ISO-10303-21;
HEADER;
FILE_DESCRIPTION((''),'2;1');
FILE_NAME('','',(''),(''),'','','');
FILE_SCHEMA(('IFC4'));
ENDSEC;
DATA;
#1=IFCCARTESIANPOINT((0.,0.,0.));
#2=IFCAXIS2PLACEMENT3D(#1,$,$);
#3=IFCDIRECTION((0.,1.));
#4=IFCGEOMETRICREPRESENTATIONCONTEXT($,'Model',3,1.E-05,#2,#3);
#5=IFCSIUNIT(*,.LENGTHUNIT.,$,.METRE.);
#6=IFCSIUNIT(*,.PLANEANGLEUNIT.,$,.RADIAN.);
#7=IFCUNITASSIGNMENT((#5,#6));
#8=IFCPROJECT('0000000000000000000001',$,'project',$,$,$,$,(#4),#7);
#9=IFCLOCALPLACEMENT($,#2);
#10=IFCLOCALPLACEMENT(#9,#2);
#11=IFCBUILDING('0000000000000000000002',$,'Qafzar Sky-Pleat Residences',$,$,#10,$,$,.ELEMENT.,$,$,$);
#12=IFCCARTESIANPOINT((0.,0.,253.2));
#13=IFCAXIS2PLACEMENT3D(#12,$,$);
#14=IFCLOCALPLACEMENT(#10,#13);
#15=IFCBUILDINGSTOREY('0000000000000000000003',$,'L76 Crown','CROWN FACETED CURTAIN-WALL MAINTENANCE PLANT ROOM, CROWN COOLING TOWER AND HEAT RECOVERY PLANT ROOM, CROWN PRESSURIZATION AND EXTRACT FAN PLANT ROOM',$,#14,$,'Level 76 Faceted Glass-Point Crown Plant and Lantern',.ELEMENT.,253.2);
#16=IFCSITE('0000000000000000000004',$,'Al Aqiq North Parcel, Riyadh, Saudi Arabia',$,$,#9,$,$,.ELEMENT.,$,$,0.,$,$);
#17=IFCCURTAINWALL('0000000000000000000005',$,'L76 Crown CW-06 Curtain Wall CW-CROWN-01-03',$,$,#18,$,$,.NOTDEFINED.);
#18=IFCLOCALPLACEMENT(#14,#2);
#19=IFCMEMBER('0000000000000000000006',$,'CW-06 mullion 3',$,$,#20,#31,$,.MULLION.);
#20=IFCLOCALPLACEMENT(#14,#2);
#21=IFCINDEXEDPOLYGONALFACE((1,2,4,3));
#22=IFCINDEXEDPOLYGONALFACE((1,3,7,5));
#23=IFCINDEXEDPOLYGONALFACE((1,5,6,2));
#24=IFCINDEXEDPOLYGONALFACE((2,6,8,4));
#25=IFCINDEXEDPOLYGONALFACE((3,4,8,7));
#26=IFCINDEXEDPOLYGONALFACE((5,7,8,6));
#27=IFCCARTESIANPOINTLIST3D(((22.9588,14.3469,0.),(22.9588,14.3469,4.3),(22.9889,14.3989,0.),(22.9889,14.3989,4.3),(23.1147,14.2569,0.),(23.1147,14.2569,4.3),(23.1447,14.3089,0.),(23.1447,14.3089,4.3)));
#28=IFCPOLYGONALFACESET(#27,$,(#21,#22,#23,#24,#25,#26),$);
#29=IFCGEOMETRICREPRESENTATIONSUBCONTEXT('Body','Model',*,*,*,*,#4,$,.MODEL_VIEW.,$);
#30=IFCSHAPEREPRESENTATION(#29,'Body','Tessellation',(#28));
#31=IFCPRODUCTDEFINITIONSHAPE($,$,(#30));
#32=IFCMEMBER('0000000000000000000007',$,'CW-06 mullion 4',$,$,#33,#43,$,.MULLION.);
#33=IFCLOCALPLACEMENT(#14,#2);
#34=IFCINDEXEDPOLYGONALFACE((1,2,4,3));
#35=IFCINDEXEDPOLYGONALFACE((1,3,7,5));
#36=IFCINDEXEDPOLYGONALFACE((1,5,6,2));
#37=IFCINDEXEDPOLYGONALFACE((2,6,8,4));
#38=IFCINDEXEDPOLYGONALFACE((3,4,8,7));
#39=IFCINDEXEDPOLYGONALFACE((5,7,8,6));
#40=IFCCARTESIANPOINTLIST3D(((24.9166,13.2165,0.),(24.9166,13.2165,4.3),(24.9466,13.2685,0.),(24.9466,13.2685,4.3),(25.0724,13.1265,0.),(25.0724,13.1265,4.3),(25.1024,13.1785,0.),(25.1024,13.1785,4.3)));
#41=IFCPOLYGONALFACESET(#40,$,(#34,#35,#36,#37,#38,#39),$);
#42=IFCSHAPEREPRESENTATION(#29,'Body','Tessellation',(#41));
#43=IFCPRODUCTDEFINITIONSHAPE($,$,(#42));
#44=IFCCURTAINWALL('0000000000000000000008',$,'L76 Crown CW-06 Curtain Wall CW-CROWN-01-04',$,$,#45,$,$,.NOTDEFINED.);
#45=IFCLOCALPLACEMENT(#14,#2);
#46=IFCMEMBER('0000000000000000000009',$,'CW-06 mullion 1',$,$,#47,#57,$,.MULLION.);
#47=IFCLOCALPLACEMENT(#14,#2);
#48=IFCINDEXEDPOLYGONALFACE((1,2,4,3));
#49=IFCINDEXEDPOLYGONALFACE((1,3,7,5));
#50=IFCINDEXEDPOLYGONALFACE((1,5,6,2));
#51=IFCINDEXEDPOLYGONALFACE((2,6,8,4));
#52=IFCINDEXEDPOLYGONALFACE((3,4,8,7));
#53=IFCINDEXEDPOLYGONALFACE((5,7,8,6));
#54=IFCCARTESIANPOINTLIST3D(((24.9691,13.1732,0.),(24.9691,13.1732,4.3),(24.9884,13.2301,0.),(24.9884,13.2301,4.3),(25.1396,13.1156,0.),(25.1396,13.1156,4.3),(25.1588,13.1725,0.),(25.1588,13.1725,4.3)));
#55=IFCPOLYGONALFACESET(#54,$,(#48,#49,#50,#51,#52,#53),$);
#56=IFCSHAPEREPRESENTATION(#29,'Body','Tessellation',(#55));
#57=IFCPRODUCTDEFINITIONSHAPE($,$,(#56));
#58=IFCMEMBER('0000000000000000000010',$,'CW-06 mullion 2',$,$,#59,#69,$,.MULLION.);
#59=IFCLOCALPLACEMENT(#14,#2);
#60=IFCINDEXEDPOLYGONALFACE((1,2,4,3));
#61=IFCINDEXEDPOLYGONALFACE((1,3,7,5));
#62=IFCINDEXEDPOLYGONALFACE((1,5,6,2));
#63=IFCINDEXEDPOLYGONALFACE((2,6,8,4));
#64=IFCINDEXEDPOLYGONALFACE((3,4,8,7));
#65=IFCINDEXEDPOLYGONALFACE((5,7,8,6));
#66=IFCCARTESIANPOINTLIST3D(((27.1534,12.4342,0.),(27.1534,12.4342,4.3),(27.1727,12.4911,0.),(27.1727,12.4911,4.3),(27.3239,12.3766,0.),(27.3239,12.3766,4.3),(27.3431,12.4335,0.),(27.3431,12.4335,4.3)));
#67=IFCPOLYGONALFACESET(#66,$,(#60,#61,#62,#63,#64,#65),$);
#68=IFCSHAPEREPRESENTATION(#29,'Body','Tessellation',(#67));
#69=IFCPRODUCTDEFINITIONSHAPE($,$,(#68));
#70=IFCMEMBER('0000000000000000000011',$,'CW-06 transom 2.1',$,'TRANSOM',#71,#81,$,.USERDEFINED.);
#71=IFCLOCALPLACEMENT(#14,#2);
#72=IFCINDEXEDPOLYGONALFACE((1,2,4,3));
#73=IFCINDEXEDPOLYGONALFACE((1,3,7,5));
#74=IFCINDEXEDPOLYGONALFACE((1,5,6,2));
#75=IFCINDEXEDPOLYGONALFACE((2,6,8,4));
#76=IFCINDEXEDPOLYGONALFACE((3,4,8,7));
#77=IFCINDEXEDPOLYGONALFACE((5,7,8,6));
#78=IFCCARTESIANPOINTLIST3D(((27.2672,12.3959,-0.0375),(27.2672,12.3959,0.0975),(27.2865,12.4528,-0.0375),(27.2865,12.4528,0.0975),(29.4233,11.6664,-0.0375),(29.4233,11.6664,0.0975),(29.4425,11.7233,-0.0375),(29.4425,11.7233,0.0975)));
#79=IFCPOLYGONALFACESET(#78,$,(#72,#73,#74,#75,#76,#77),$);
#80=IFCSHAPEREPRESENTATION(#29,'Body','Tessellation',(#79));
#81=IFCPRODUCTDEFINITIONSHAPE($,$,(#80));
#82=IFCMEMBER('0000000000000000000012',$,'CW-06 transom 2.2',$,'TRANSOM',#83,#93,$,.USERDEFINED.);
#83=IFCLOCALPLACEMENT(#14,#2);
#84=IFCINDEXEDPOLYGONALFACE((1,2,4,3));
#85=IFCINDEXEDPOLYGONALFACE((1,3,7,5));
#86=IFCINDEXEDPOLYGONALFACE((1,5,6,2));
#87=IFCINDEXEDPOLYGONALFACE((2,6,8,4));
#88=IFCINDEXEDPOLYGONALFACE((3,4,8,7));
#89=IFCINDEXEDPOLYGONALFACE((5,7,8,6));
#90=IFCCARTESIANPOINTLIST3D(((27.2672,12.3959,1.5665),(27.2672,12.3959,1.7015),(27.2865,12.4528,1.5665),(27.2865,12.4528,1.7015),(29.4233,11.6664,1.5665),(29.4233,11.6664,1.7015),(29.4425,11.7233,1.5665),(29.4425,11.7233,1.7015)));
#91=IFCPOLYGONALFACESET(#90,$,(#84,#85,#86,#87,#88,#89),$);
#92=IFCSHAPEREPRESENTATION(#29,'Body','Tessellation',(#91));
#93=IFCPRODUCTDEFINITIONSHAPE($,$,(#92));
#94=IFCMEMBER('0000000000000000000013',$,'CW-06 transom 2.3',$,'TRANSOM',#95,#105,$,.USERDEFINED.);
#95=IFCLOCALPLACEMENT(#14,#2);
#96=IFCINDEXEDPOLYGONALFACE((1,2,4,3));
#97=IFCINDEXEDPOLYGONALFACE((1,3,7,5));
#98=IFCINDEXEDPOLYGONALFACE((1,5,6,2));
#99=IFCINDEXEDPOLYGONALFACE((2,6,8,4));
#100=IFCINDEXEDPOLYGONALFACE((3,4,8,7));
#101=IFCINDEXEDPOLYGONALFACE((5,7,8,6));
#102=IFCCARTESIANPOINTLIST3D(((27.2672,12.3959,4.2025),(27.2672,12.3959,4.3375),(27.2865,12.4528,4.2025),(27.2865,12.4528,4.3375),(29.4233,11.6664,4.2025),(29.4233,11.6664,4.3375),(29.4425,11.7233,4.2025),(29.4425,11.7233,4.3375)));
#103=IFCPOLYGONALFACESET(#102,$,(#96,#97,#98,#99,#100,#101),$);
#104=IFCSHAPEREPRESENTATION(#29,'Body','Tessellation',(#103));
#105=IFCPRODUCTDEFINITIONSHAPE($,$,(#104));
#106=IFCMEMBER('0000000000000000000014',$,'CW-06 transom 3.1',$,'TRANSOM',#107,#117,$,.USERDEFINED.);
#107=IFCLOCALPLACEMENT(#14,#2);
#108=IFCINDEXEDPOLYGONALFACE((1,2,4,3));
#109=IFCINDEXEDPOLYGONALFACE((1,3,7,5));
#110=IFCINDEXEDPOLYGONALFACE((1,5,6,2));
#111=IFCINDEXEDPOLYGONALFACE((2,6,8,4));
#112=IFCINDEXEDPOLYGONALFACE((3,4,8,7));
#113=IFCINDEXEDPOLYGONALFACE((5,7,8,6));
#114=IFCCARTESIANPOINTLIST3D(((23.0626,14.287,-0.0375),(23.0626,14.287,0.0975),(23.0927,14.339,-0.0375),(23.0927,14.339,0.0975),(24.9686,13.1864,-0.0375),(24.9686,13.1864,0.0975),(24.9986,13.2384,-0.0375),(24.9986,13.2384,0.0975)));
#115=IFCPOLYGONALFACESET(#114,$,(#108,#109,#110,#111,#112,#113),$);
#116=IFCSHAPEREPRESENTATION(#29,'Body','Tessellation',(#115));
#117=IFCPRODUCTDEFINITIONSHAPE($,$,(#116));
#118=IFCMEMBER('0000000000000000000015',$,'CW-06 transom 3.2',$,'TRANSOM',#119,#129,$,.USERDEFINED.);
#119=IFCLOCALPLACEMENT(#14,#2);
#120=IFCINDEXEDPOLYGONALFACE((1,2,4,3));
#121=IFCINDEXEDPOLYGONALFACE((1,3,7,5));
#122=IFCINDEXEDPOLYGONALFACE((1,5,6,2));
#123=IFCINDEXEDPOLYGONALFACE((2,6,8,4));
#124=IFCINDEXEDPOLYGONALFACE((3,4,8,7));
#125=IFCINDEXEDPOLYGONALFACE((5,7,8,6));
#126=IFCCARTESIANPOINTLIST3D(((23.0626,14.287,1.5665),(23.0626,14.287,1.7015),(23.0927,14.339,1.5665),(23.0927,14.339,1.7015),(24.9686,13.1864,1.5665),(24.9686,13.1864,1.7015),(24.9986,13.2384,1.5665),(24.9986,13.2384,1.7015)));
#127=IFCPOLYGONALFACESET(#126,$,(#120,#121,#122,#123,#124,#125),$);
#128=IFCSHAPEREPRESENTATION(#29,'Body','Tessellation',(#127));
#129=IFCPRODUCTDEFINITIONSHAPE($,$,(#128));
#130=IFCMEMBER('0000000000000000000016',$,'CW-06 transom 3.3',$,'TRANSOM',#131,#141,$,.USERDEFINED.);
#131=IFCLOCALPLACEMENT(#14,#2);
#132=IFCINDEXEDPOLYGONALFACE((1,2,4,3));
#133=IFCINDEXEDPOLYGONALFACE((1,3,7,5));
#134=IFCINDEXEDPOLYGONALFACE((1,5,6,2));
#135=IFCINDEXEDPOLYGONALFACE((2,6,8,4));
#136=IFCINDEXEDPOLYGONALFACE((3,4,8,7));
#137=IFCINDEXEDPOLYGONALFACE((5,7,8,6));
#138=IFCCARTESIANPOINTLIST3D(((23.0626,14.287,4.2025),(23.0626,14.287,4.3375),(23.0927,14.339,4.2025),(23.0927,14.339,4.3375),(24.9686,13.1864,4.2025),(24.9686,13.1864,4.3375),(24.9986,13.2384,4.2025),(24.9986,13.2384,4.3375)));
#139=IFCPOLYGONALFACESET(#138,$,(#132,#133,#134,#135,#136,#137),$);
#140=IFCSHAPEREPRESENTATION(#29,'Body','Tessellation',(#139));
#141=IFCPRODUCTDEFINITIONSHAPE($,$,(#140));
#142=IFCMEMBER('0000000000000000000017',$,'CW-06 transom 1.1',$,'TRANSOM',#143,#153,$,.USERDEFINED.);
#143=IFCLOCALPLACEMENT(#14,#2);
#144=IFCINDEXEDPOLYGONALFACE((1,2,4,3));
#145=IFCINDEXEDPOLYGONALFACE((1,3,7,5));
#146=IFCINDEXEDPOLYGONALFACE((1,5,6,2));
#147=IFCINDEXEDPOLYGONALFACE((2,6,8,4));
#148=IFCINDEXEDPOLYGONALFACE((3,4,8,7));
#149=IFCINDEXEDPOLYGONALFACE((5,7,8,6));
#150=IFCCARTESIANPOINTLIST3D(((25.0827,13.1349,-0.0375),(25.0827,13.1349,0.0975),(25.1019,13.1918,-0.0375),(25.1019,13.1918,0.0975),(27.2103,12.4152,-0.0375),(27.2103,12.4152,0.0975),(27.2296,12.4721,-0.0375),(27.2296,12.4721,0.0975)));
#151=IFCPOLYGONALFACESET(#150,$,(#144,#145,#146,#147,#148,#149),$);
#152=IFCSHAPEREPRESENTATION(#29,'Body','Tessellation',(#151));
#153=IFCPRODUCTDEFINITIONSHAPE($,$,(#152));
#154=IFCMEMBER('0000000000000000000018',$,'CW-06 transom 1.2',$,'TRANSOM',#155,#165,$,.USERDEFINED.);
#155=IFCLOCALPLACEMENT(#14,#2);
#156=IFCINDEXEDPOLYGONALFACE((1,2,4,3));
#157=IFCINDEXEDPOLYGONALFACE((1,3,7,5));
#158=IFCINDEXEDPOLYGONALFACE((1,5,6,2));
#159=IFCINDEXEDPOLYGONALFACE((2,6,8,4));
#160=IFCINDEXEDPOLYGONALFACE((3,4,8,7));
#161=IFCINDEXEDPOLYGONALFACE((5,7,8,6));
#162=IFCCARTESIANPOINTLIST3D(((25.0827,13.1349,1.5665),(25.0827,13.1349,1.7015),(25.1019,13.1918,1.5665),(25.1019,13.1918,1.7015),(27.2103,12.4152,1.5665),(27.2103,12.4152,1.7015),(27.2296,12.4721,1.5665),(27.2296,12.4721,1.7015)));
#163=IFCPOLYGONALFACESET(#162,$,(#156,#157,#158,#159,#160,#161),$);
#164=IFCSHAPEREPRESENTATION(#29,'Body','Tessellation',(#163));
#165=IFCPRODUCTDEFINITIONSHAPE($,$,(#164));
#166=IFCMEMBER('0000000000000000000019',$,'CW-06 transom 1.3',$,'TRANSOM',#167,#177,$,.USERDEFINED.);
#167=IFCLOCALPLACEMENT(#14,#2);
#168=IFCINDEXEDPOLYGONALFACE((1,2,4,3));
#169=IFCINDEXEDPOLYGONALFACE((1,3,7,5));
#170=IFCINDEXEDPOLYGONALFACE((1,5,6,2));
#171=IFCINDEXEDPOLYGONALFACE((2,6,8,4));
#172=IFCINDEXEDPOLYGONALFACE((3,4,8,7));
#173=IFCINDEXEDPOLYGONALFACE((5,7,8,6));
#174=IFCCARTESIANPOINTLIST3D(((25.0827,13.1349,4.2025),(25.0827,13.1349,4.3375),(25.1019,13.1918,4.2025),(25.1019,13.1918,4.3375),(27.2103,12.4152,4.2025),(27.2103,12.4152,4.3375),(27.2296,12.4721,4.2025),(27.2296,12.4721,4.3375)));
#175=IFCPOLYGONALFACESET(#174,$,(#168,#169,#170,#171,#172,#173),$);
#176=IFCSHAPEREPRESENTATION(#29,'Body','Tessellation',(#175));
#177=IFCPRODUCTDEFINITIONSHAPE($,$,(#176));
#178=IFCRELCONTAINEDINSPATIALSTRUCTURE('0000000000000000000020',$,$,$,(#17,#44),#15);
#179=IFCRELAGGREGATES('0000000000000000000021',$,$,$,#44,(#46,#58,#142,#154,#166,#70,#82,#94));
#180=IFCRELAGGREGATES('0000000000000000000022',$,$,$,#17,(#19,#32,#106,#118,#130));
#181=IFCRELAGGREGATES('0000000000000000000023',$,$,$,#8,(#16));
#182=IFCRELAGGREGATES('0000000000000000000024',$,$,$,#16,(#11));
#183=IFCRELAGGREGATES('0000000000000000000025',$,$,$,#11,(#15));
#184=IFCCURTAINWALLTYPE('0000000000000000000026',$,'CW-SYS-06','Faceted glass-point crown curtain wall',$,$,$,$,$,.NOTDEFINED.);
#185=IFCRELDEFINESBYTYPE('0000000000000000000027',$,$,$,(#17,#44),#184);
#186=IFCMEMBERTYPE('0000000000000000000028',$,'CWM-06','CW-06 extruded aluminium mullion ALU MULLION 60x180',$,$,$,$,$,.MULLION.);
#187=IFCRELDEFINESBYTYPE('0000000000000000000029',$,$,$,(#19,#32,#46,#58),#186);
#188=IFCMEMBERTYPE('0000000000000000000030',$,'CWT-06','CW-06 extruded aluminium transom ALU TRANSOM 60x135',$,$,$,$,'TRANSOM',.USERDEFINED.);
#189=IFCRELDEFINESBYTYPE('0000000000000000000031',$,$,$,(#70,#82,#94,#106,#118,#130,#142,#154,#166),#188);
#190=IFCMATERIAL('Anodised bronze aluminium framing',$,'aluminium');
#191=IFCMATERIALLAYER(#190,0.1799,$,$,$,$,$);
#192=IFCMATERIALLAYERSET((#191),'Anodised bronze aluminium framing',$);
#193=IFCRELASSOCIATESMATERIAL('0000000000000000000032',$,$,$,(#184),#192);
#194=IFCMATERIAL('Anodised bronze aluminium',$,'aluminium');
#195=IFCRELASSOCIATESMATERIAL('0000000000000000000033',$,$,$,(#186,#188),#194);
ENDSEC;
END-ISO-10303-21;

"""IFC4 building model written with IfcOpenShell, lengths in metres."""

from ifc_helpers import new_model, si_unit, direction, frame, origin, origin_2d, place, context, subcontext, project, spatial, rectangle, extrude, source, transform, mapped, material, layer, layer_set, material_profile, profile_set, type_object, element, aggregate, save


model = new_model("IFC4")

# Units and contexts
model_context = context("Model", 3, precision=1e-05, world=origin(), true_north=direction((0.0, 1.0)))
body_context = subcontext(model_context, "Body", "Model", "MODEL_VIEW")
ifc_project = project(units=[si_unit("LENGTHUNIT", "METRE"), si_unit("PLANEANGLEUNIT", "RADIAN")], contexts=[model_context])

# Site, building, storey
site_placement = place(None, origin())
site = spatial("IfcSite", under=ifc_project, at=site_placement, Name="Al Aqiq North Parcel, Riyadh, Saudi Arabia", CompositionType="ELEMENT", RefElevation=0.0)
building_placement = place(site_placement, origin())
building = spatial("IfcBuilding", under=site, at=building_placement, Name="Qafzar Sky-Pleat Residences", CompositionType="ELEMENT")
storey_placement = place(building_placement, frame((0.0, 0.0, 253.2)))
storey = spatial("IfcBuildingStorey", under=building, at=storey_placement, Name="L76 Crown", Description="CROWN FACETED CURTAIN-WALL MAINTENANCE PLANT ROOM, CROWN COOLING TOWER AND HEAT RECOVERY PLANT ROOM, CROWN PRESSURIZATION AND EXTRACT FAN PLANT ROOM", LongName="Level 76 Faceted Glass-Point Crown Plant and Lantern", CompositionType="ELEMENT", Elevation=253.2)

# Curtain walls, members
ifc_material_1 = material(Name="Anodised bronze aluminium framing", Category="aluminium")
ifc_layer_1 = layer(ifc_material_1, 0.1799)
ifc_layer_set_1 = layer_set([ifc_layer_1], Name="Anodised bronze aluminium framing")
curtain_wall_type = type_object("IfcCurtainWallType", Name="CW-SYS-06", Description="Faceted glass-point crown curtain wall", PredefinedType="NOTDEFINED", material=ifc_layer_set_1)
curtain_wall_1_placement = place(storey_placement, origin())
curtain_wall_1 = element("IfcCurtainWall", 1, at=curtain_wall_1_placement, inside=storey, type_object=curtain_wall_type, Name="L76 Crown CW-06 Curtain Wall CW-CROWN-01-03", PredefinedType="NOTDEFINED")
ifc_material_2 = material(Name="Anodised bronze aluminium", Category="aluminium")
ifc_material_profile_1 = material_profile(ifc_material_2, rectangle(XDim=0.0601, YDim=0.1799, at=origin_2d()), Name="ALU MULLION 60x180")
ifc_profile_set_1 = profile_set([ifc_material_profile_1], Name="Anodised bronze aluminium")
member_type_1 = type_object("IfcMemberType", Name="CWM-06", Description="CW-06 extruded aluminium mullion ALU MULLION 60x180", PredefinedType="MULLION", material=ifc_profile_set_1)
shared_shape_1 = source(origin(), body_context, "Body", "SweptSolid", [
    extrude(rectangle(XDim=0.0601, YDim=0.1799, at=origin_2d()), origin(), (0.0, 0.0, 1.0), 4.3),
])
member_1_placement = place(storey_placement, frame((23.0518, 14.3279, 0.0), z_axis=(0.0, 0.0, 1.0), x_axis=(0.5, 0.866025, 0.0)))
member_1 = element("IfcMember", 2, at=member_1_placement, type_object=member_type_1, Name="CW-06 mullion 3", PredefinedType="MULLION", context=body_context, shape_type="MappedRepresentation", body=[
    mapped(shared_shape_1, transform((0.0, 0.0, 0.0), x_axis=(1.0, 0.0, 0.0), y_axis=(0.0, 1.0, 0.0), z_axis=(0.0, 0.0, 1.0), scale=1.0)),
])
member_2_placement = place(storey_placement, frame((25.0095, 13.1975, 0.0), z_axis=(0.0, 0.0, 1.0), x_axis=(0.5, 0.866025, 0.0)))
member_2 = element("IfcMember", 3, at=member_2_placement, type_object=member_type_1, Name="CW-06 mullion 4", PredefinedType="MULLION", context=body_context, shape_type="MappedRepresentation", body=[
    mapped(shared_shape_1, transform((0.0, 0.0, 0.0), x_axis=(1.0, 0.0, 0.0), y_axis=(0.0, 1.0, 0.0), z_axis=(0.0, 0.0, 1.0), scale=1.0)),
])
curtain_wall_2_placement = place(storey_placement, origin())
curtain_wall_2 = element("IfcCurtainWall", 4, at=curtain_wall_2_placement, inside=storey, type_object=curtain_wall_type, Name="L76 Crown CW-06 Curtain Wall CW-CROWN-01-04", PredefinedType="NOTDEFINED")
member_3_placement = place(storey_placement, frame((25.064, 13.1729, 0.0), z_axis=(0.0, 0.0, 1.0), x_axis=(0.320454, 0.947264, 0.0)))
member_3 = element("IfcMember", 5, at=member_3_placement, type_object=member_type_1, Name="CW-06 mullion 1", PredefinedType="MULLION", context=body_context, shape_type="MappedRepresentation", body=[
    mapped(shared_shape_1, transform((0.0, 0.0, 0.0), x_axis=(1.0, 0.0, 0.0), y_axis=(0.0, 1.0, 0.0), z_axis=(0.0, 0.0, 1.0), scale=1.0)),
])
member_4_placement = place(storey_placement, frame((27.2483, 12.4338, 0.0), z_axis=(0.0, 0.0, 1.0), x_axis=(0.320454, 0.947264, 0.0)))
member_4 = element("IfcMember", 6, at=member_4_placement, type_object=member_type_1, Name="CW-06 mullion 2", PredefinedType="MULLION", context=body_context, shape_type="MappedRepresentation", body=[
    mapped(shared_shape_1, transform((0.0, 0.0, 0.0), x_axis=(1.0, 0.0, 0.0), y_axis=(0.0, 1.0, 0.0), z_axis=(0.0, 0.0, 1.0), scale=1.0)),
])
ifc_material_profile_2 = material_profile(ifc_material_2, rectangle(XDim=0.0601, YDim=0.135, at=origin_2d()), Name="ALU TRANSOM 60x135")
ifc_profile_set_2 = profile_set([ifc_material_profile_2], Name="Anodised bronze aluminium")
member_type_2 = type_object("IfcMemberType", Name="CWT-06", Description="CW-06 extruded aluminium transom ALU TRANSOM 60x135", ElementType="TRANSOM", PredefinedType="USERDEFINED", material=ifc_profile_set_2)
shared_shape_2 = source(origin(), body_context, "Body", "SweptSolid", [
    extrude(rectangle(XDim=0.0601, YDim=0.135, at=origin_2d()), origin(), (0.0, 0.0, 1.0), 2.2761),
])
member_5_placement = place(storey_placement, frame((27.2769, 12.4243, 0.03), z_axis=(0.947247, -0.320504, 0.0), x_axis=(0.320504, 0.947247, 0.0)))
member_5 = element("IfcMember", 7, at=member_5_placement, type_object=member_type_2, Name="CW-06 transom 2.1", ObjectType="TRANSOM", PredefinedType="USERDEFINED", context=body_context, shape_type="MappedRepresentation", body=[
    mapped(shared_shape_2, transform((0.0, 0.0, 0.0), x_axis=(1.0, 0.0, 0.0), y_axis=(0.0, 1.0, 0.0), z_axis=(0.0, 0.0, 1.0), scale=1.0)),
])
member_6_placement = place(storey_placement, frame((27.2769, 12.4243, 1.634), z_axis=(0.947247, -0.320504, 0.0), x_axis=(0.320504, 0.947247, 0.0)))
member_6 = element("IfcMember", 8, at=member_6_placement, type_object=member_type_2, Name="CW-06 transom 2.2", ObjectType="TRANSOM", PredefinedType="USERDEFINED", context=body_context, shape_type="MappedRepresentation", body=[
    mapped(shared_shape_2, transform((0.0, 0.0, 0.0), x_axis=(1.0, 0.0, 0.0), y_axis=(0.0, 1.0, 0.0), z_axis=(0.0, 0.0, 1.0), scale=1.0)),
])
member_7_placement = place(storey_placement, frame((27.2769, 12.4243, 4.27), z_axis=(0.947247, -0.320504, 0.0), x_axis=(0.320504, 0.947247, 0.0)))
member_7 = element("IfcMember", 9, at=member_7_placement, type_object=member_type_2, Name="CW-06 transom 2.3", ObjectType="TRANSOM", PredefinedType="USERDEFINED", context=body_context, shape_type="MappedRepresentation", body=[
    mapped(shared_shape_2, transform((0.0, 0.0, 0.0), x_axis=(1.0, 0.0, 0.0), y_axis=(0.0, 1.0, 0.0), z_axis=(0.0, 0.0, 1.0), scale=1.0)),
])

# Members
shared_shape_3 = source(origin(), body_context, "Body", "SweptSolid", [
    extrude(rectangle(XDim=0.0601, YDim=0.135, at=origin_2d()), origin(), (0.0, 0.0, 1.0), 2.2009),
])
member_8_placement = place(storey_placement, frame((23.0776, 14.313, 0.03), z_axis=(0.865995, -0.500052, 0.0), x_axis=(0.500052, 0.865995, 0.0)))
member_8 = element("IfcMember", 10, at=member_8_placement, type_object=member_type_2, Name="CW-06 transom 3.1", ObjectType="TRANSOM", PredefinedType="USERDEFINED", context=body_context, shape_type="MappedRepresentation", body=[
    mapped(shared_shape_3, transform((0.0, 0.0, 0.0), x_axis=(1.0, 0.0, 0.0), y_axis=(0.0, 1.0, 0.0), z_axis=(0.0, 0.0, 1.0), scale=1.0)),
])
member_9_placement = place(storey_placement, frame((23.0776, 14.313, 1.634), z_axis=(0.865995, -0.500052, 0.0), x_axis=(0.500052, 0.865995, 0.0)))
member_9 = element("IfcMember", 11, at=member_9_placement, type_object=member_type_2, Name="CW-06 transom 3.2", ObjectType="TRANSOM", PredefinedType="USERDEFINED", context=body_context, shape_type="MappedRepresentation", body=[
    mapped(shared_shape_3, transform((0.0, 0.0, 0.0), x_axis=(1.0, 0.0, 0.0), y_axis=(0.0, 1.0, 0.0), z_axis=(0.0, 0.0, 1.0), scale=1.0)),
])
member_10_placement = place(storey_placement, frame((23.0776, 14.313, 4.27), z_axis=(0.865995, -0.500052, 0.0), x_axis=(0.500052, 0.865995, 0.0)))
member_10 = element("IfcMember", 12, at=member_10_placement, type_object=member_type_2, Name="CW-06 transom 3.3", ObjectType="TRANSOM", PredefinedType="USERDEFINED", context=body_context, shape_type="MappedRepresentation", body=[
    mapped(shared_shape_3, transform((0.0, 0.0, 0.0), x_axis=(1.0, 0.0, 0.0), y_axis=(0.0, 1.0, 0.0), z_axis=(0.0, 0.0, 1.0), scale=1.0)),
])
shared_shape_4 = source(origin(), body_context, "Body", "SweptSolid", [
    extrude(rectangle(XDim=0.0601, YDim=0.135, at=origin_2d()), origin(), (0.0, 0.0, 1.0), 2.2461),
])
member_11_placement = place(storey_placement, frame((25.0923, 13.1633, 0.03), z_axis=(0.947272, -0.320431, 0.0), x_axis=(0.320431, 0.947272, 0.0)))
member_11 = element("IfcMember", 13, at=member_11_placement, type_object=member_type_2, Name="CW-06 transom 1.1", ObjectType="TRANSOM", PredefinedType="USERDEFINED", context=body_context, shape_type="MappedRepresentation", body=[
    mapped(shared_shape_4, transform((0.0, 0.0, 0.0), x_axis=(1.0, 0.0, 0.0), y_axis=(0.0, 1.0, 0.0), z_axis=(0.0, 0.0, 1.0), scale=1.0)),
])
member_12_placement = place(storey_placement, frame((25.0923, 13.1633, 1.634), z_axis=(0.947272, -0.320431, 0.0), x_axis=(0.320431, 0.947272, 0.0)))
member_12 = element("IfcMember", 14, at=member_12_placement, type_object=member_type_2, Name="CW-06 transom 1.2", ObjectType="TRANSOM", PredefinedType="USERDEFINED", context=body_context, shape_type="MappedRepresentation", body=[
    mapped(shared_shape_4, transform((0.0, 0.0, 0.0), x_axis=(1.0, 0.0, 0.0), y_axis=(0.0, 1.0, 0.0), z_axis=(0.0, 0.0, 1.0), scale=1.0)),
])
member_13_placement = place(storey_placement, frame((25.0923, 13.1633, 4.27), z_axis=(0.947272, -0.320431, 0.0), x_axis=(0.320431, 0.947272, 0.0)))
member_13 = element("IfcMember", 15, at=member_13_placement, type_object=member_type_2, Name="CW-06 transom 1.3", ObjectType="TRANSOM", PredefinedType="USERDEFINED", context=body_context, shape_type="MappedRepresentation", body=[
    mapped(shared_shape_4, transform((0.0, 0.0, 0.0), x_axis=(1.0, 0.0, 0.0), y_axis=(0.0, 1.0, 0.0), z_axis=(0.0, 0.0, 1.0), scale=1.0)),
])

aggregate(curtain_wall_2, [member_3, member_4, member_11, member_12, member_13, member_5, member_6, member_7])
aggregate(curtain_wall_1, [member_1, member_2, member_8, member_9, member_10])

save(model, "model.ifc")
